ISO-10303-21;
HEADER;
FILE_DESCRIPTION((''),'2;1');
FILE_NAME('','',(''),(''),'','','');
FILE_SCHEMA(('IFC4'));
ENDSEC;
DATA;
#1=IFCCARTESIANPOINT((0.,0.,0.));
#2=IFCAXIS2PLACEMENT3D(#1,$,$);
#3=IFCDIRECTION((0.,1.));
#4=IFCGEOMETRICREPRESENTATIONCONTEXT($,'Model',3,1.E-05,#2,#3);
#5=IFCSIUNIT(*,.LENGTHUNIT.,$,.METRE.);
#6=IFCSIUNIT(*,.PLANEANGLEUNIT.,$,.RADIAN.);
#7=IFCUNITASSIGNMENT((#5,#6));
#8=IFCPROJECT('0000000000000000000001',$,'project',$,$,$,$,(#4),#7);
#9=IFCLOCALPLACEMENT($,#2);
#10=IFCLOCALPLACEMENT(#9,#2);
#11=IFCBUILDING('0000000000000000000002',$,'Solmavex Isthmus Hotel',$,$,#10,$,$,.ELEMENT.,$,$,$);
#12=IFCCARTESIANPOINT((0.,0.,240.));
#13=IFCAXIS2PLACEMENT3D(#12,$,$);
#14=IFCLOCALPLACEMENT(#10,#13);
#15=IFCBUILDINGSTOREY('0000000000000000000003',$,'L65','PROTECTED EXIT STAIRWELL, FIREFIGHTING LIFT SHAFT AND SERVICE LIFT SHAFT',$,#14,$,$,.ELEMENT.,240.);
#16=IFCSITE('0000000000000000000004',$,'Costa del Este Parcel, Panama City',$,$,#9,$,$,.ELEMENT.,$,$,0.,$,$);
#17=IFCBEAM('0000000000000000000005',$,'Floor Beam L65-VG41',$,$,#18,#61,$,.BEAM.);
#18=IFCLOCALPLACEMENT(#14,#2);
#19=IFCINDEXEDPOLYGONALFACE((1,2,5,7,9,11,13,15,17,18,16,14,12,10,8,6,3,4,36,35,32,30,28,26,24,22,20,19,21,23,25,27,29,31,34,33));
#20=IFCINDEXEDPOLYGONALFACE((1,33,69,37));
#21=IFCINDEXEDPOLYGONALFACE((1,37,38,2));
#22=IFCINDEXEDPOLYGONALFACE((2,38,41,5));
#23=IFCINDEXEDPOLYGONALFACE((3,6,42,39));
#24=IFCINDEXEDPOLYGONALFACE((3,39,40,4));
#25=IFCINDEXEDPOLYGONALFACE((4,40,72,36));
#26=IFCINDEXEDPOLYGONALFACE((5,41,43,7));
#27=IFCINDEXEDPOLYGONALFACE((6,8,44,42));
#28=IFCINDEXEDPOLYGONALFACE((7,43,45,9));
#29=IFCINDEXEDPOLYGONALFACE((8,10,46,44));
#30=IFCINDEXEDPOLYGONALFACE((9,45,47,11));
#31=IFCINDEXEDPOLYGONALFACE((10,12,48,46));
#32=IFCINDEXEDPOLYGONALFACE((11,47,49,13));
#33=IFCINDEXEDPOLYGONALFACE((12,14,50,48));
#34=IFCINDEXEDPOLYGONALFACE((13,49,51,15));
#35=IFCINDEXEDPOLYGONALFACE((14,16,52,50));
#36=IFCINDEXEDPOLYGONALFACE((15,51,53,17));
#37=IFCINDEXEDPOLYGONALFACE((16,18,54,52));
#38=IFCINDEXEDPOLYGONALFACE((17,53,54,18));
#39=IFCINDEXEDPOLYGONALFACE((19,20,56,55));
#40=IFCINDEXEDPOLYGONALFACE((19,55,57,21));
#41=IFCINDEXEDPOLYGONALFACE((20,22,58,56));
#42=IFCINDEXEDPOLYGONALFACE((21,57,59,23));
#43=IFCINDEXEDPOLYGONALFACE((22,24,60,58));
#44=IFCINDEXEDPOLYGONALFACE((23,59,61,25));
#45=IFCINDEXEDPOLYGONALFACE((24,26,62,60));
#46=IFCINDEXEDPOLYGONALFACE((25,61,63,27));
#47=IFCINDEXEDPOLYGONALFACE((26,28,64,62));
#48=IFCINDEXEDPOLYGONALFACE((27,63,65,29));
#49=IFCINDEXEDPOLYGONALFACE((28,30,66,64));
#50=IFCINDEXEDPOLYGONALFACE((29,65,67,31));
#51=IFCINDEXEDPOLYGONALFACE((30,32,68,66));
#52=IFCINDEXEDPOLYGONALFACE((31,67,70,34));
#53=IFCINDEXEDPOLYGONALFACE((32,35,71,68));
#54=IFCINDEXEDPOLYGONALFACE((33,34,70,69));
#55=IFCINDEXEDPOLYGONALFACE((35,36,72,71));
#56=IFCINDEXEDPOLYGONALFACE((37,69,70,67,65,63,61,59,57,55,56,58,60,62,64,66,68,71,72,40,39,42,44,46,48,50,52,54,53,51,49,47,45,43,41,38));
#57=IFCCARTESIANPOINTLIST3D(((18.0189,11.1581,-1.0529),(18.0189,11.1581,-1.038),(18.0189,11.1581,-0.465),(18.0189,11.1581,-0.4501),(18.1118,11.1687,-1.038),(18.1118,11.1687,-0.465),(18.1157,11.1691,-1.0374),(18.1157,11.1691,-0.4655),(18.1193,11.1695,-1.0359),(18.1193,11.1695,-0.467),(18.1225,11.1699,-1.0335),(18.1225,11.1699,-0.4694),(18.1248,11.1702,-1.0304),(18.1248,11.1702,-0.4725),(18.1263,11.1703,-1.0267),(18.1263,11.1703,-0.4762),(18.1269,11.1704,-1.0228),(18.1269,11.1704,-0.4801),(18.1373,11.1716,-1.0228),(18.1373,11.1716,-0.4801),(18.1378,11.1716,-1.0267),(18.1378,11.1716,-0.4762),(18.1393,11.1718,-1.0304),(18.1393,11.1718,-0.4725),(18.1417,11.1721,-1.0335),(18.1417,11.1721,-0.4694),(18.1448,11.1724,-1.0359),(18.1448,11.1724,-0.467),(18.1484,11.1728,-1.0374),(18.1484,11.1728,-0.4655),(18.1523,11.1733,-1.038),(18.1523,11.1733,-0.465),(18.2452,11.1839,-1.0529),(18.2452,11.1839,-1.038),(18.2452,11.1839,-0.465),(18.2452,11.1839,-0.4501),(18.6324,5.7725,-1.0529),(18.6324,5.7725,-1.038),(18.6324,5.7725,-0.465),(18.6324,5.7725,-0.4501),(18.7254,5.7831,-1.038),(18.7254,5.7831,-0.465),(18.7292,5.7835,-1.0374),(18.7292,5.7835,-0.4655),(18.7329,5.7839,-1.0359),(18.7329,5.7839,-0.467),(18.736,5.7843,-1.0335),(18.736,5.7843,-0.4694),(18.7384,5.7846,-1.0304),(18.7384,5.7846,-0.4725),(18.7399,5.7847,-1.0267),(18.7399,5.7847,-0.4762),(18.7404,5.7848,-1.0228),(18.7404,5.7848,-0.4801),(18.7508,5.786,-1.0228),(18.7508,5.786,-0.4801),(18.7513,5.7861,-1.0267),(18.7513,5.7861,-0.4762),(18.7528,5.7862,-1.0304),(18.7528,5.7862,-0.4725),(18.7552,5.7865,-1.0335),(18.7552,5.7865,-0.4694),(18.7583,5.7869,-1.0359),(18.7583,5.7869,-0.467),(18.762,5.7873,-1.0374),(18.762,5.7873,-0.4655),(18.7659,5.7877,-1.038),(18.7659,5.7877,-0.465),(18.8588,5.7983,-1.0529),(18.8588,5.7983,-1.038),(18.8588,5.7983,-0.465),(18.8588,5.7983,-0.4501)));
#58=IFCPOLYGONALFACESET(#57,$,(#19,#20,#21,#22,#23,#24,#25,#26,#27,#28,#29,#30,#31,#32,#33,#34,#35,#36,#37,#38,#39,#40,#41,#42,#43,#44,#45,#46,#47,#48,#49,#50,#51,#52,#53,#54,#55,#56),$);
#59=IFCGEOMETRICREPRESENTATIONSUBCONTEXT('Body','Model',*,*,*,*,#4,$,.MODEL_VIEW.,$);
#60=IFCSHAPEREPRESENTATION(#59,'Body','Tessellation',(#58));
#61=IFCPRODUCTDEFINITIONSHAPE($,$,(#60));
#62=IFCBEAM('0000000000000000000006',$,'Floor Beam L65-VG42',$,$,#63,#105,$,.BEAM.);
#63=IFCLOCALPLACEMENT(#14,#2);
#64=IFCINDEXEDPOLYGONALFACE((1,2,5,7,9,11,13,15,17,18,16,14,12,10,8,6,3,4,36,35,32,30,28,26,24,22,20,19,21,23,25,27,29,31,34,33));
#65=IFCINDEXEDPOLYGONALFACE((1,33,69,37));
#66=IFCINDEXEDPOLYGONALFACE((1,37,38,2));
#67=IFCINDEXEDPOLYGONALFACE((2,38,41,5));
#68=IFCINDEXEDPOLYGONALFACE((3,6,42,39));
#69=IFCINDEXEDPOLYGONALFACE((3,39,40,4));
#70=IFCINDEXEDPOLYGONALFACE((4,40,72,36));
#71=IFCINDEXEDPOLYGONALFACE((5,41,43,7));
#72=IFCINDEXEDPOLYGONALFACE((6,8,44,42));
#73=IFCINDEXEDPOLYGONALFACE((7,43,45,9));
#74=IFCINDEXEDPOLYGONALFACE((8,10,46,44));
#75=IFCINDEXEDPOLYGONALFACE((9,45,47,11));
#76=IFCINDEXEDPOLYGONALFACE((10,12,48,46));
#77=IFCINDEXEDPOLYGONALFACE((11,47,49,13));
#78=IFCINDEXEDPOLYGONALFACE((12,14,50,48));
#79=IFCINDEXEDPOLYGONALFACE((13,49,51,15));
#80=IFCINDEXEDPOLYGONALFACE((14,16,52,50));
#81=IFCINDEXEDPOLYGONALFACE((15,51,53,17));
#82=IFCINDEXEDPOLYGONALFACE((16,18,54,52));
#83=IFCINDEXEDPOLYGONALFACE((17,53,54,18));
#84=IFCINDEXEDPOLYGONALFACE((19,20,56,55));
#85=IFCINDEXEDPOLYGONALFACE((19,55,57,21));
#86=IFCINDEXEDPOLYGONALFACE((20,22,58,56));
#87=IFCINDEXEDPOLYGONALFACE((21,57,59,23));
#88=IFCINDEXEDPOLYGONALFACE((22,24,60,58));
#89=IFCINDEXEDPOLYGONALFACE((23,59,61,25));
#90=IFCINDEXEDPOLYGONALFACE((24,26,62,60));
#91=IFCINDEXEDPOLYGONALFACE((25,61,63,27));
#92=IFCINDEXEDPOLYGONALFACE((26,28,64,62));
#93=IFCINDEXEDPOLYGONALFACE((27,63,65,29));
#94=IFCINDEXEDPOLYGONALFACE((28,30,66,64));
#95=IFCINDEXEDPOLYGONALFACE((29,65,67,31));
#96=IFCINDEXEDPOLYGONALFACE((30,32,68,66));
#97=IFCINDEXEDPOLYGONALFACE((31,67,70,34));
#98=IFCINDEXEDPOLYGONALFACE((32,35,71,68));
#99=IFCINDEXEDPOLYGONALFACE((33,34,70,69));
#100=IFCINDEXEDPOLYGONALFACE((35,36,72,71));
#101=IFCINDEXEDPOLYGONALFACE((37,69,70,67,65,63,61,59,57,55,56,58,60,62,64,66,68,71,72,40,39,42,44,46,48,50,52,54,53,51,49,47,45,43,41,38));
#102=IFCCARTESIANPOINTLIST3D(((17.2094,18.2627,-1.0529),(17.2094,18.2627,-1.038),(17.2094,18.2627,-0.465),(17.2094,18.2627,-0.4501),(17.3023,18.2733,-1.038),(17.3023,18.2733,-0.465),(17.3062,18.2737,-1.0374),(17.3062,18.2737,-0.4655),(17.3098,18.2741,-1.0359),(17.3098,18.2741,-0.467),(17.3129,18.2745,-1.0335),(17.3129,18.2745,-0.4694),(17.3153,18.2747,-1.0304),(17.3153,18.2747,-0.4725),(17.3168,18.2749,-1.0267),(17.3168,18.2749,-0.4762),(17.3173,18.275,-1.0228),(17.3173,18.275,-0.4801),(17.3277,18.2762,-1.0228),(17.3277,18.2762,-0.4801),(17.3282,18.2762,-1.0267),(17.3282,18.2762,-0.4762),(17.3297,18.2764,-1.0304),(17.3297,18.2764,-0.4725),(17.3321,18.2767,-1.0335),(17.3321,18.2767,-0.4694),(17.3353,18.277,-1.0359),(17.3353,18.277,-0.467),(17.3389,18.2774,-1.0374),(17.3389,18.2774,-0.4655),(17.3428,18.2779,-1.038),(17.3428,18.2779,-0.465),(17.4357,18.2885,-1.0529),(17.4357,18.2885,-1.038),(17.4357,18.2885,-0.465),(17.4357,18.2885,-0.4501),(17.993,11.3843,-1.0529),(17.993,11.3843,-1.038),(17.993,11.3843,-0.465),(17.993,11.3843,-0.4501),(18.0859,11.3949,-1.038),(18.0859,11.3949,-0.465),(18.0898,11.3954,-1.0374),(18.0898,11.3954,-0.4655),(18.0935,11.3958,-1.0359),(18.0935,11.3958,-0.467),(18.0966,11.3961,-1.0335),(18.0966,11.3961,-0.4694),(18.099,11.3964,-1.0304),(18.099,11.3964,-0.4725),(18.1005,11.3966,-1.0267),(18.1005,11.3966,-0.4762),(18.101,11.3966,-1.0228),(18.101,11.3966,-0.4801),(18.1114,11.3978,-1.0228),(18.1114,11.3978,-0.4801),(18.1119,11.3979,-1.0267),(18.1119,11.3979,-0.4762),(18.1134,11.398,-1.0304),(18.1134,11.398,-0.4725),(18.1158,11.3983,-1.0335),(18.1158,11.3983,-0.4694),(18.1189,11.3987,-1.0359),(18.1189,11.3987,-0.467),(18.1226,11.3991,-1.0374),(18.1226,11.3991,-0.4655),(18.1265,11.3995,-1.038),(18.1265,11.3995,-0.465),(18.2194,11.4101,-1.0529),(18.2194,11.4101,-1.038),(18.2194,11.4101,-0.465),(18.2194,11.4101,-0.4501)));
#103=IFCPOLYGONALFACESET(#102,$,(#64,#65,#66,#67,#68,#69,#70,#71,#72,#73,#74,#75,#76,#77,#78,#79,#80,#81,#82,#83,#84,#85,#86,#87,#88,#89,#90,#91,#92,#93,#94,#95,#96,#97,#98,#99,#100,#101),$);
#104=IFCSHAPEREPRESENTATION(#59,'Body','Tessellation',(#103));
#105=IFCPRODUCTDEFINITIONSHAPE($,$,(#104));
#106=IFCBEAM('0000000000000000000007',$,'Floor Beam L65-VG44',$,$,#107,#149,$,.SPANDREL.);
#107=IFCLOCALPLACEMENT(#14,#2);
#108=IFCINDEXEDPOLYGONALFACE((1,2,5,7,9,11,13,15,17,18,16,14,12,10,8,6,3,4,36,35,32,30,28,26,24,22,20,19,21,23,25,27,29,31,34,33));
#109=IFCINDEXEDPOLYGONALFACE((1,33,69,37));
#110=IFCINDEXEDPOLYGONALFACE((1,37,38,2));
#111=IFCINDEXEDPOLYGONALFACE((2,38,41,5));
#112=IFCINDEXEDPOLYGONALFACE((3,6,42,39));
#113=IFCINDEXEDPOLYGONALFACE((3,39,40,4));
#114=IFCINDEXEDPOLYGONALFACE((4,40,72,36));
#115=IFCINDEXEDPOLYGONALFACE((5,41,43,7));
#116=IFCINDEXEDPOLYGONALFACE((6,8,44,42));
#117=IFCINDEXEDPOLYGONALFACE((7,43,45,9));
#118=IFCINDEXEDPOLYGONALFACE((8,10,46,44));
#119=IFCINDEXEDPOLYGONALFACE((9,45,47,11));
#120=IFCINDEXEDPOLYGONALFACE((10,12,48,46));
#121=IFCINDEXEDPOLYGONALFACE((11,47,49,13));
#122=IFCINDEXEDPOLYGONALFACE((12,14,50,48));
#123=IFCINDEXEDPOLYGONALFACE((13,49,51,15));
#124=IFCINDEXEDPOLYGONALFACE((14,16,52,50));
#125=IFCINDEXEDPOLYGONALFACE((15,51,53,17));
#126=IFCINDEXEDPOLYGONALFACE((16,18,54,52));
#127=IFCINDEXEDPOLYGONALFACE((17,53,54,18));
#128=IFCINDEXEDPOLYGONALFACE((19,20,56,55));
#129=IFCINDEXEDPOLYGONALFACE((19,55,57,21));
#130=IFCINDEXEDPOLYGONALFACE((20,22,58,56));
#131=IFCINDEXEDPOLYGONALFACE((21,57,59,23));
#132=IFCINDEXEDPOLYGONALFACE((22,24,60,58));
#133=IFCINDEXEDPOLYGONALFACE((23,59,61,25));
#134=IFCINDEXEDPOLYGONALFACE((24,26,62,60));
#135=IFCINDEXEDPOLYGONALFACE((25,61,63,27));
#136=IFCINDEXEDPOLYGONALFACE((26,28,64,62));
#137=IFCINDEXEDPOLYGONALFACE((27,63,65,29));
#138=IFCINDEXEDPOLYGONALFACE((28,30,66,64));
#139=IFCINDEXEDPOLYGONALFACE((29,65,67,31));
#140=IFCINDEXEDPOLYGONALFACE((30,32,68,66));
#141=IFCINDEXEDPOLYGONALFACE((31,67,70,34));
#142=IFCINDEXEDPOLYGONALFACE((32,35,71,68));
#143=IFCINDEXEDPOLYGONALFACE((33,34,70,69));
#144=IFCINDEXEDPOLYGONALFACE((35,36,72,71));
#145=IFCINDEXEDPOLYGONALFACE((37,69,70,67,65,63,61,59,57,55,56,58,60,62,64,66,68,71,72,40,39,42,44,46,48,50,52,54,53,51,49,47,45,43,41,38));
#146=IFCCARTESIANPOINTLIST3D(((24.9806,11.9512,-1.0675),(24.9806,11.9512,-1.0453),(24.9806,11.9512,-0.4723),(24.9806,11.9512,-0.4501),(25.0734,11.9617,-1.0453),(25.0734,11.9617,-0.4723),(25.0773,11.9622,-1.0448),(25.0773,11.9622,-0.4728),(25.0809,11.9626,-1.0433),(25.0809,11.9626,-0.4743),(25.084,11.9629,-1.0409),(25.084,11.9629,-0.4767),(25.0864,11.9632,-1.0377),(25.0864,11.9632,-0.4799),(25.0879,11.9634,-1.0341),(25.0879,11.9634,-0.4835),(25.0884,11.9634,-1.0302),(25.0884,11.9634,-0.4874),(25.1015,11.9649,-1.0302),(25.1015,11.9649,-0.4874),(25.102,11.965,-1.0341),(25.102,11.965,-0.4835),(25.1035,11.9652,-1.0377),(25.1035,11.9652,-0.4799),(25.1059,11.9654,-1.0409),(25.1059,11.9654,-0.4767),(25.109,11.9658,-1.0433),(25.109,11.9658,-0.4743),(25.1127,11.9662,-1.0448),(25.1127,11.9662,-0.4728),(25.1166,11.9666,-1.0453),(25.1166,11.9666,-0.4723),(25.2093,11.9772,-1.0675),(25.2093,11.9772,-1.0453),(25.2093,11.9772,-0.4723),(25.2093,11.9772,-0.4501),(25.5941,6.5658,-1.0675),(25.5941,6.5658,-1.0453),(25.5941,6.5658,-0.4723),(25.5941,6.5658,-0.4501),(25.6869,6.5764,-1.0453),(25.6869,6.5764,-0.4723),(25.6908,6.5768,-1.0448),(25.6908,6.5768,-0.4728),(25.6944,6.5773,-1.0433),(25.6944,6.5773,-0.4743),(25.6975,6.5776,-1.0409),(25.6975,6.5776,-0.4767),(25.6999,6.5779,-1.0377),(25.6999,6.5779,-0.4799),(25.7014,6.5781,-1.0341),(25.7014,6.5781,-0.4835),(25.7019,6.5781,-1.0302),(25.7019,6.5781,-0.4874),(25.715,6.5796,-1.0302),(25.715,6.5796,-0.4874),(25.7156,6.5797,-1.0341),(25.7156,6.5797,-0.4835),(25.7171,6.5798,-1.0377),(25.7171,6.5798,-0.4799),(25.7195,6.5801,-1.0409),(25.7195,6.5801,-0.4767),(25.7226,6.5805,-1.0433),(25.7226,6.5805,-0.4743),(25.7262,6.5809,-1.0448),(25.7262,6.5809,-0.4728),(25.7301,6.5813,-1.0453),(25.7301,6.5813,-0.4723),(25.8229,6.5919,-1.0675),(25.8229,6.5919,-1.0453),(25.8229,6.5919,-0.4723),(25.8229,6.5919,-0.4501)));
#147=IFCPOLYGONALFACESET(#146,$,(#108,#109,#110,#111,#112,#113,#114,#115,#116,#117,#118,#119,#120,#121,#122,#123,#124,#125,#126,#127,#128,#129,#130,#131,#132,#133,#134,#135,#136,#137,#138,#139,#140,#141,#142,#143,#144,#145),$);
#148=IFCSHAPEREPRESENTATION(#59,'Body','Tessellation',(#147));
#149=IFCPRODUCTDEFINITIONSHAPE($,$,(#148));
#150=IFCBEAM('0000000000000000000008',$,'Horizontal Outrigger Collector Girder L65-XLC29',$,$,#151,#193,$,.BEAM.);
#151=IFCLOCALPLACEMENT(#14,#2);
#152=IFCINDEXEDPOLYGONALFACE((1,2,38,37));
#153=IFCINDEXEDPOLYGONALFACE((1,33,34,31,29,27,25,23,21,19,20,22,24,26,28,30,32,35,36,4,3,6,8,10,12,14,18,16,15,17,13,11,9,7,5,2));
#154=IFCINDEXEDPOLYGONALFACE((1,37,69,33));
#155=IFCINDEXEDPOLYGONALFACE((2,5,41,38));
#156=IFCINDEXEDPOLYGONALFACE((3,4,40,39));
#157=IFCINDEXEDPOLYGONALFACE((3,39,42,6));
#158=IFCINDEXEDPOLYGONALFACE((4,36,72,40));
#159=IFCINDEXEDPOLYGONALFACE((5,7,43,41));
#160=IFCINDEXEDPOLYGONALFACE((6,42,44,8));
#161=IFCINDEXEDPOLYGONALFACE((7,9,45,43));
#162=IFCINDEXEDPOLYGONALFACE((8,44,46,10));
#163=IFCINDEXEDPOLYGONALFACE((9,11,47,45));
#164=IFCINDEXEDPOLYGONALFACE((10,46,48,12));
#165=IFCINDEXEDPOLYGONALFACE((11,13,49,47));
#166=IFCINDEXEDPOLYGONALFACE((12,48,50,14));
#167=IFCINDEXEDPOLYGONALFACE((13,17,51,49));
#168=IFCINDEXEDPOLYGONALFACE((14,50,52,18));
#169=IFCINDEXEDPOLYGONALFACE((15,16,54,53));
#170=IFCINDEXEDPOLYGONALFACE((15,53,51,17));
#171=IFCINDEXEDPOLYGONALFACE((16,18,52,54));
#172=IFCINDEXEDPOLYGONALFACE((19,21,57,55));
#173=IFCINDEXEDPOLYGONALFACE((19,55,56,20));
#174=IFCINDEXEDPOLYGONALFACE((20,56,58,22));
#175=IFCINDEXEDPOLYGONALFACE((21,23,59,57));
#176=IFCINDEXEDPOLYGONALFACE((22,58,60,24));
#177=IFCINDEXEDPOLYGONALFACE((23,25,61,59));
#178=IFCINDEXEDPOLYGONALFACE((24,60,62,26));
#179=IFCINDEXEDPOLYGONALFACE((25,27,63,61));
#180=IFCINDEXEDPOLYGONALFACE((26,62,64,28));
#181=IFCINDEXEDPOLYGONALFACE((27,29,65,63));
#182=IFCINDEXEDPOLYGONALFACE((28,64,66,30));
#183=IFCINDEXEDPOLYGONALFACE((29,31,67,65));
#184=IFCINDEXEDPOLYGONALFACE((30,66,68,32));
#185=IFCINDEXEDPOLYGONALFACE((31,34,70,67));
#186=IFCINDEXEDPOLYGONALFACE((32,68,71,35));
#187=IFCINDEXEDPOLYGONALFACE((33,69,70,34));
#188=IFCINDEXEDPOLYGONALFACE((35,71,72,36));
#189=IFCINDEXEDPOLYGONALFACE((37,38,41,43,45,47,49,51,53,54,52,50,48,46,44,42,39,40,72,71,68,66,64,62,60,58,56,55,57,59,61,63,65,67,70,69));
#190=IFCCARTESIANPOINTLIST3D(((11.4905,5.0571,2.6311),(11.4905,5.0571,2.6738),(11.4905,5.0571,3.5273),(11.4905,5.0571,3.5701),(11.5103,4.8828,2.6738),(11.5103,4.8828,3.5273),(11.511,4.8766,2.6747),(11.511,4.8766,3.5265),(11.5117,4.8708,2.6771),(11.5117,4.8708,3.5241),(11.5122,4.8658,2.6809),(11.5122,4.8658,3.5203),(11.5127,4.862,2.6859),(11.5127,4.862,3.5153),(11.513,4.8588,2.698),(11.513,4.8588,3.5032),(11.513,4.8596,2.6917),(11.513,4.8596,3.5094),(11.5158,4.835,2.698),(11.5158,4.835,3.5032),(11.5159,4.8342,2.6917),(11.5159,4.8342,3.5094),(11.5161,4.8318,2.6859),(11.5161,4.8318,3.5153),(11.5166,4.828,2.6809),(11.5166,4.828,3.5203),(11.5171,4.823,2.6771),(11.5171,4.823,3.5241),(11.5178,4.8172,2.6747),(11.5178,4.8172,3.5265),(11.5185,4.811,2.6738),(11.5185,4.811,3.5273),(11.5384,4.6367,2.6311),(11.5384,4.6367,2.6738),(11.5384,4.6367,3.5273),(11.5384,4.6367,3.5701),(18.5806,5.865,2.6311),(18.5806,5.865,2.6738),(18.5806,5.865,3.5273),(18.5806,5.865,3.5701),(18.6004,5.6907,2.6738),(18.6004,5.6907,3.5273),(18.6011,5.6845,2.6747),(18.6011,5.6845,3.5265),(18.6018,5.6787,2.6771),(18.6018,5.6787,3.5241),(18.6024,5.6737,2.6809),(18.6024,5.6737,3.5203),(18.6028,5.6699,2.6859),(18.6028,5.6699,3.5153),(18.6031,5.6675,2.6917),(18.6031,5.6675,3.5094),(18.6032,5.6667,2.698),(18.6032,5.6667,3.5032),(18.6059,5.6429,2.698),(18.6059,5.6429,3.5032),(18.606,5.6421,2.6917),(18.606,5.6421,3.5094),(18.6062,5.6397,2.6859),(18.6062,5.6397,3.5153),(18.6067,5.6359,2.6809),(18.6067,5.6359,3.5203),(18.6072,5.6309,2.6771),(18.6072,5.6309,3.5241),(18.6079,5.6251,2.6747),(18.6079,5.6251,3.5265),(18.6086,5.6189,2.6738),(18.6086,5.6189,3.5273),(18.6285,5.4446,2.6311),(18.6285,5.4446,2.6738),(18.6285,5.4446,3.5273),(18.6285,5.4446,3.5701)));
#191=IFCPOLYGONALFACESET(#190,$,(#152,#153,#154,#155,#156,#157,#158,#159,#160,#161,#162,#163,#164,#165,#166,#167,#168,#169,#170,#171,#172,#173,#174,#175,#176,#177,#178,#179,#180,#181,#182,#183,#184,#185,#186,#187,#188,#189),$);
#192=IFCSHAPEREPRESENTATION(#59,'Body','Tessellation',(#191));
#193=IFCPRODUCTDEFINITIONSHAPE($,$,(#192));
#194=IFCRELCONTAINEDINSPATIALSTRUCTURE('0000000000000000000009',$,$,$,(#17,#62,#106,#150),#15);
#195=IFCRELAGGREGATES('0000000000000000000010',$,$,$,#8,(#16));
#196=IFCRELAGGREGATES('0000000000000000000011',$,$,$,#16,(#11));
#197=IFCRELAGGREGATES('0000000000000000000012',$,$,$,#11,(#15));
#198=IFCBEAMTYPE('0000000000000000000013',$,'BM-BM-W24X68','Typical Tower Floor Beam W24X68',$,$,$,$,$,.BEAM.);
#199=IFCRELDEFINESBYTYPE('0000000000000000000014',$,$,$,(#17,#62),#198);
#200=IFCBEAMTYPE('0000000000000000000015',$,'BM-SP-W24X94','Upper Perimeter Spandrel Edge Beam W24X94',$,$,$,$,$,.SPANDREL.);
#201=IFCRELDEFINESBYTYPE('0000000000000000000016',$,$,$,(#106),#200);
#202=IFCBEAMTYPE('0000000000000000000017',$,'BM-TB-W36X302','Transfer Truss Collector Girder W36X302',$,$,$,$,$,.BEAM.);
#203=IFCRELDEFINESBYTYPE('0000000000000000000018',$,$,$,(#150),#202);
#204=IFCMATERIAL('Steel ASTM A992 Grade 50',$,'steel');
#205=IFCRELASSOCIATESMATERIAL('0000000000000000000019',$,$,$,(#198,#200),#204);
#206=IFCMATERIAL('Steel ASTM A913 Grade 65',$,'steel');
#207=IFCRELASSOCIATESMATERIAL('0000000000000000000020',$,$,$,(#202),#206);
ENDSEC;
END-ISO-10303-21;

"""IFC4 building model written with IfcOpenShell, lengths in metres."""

from ifc_helpers import new_model, si_unit, direction, frame, origin, origin_2d, place, context, subcontext, project, spatial, i_section, extrude, material, material_profile, profile_set, type_object, element, save


model = new_model("IFC4")

# Units and contexts
model_context = context("Model", 3, precision=1e-05, world=origin(), true_north=direction((0.0, 1.0)))
body_context = subcontext(model_context, "Body", "Model", "MODEL_VIEW")
ifc_project = project(units=[si_unit("LENGTHUNIT", "METRE"), si_unit("PLANEANGLEUNIT", "RADIAN")], contexts=[model_context])

# Site, building, storey
site_placement = place(None, origin())
site = spatial("IfcSite", under=ifc_project, at=site_placement, Name="Costa del Este Parcel, Panama City", CompositionType="ELEMENT", RefElevation=0.0)
building_placement = place(site_placement, origin())
building = spatial("IfcBuilding", under=site, at=building_placement, Name="Solmavex Isthmus Hotel", CompositionType="ELEMENT")
storey_placement = place(building_placement, frame((0.0, 0.0, 240.0)))
storey = spatial("IfcBuildingStorey", under=building, at=storey_placement, Name="L65", Description="PROTECTED EXIT STAIRWELL, FIREFIGHTING LIFT SHAFT AND SERVICE LIFT SHAFT", CompositionType="ELEMENT", Elevation=240.0)

# Shared definitions
ifc_material_1 = material(Name="Steel ASTM A913 Grade 65", Category="steel")

# Beams
ifc_material_2 = material(Name="Steel ASTM A992 Grade 50", Category="steel")
ifc_material_profile_1 = material_profile(ifc_material_2, i_section(OverallWidth=0.2278, OverallDepth=0.6028, WebThickness=0.0105, FlangeThickness=0.0149, FilletRadius=0.0151, at=origin_2d()), Name="W24X68")
ifc_profile_set_1 = profile_set([ifc_material_profile_1], Name="Steel ASTM A992 Grade 50")
beam_type_1 = type_object("IfcBeamType", Name="BM-BM-W24X68", Description="Typical Tower Floor Beam W24X68", PredefinedType="BEAM", material=ifc_profile_set_1)
beam_1_placement = place(storey_placement, frame((18.7456, 5.7854, -0.7515), z_axis=(-0.11319, 0.993573, 0.0), x_axis=(-0.993573, -0.11319, 0.0)))
element("IfcBeam", 1, at=beam_1_placement, inside=storey, type_object=beam_type_1, Name="Floor Beam L65-VG41", PredefinedType="BEAM", context=body_context, shape_type="SweptSolid", body=[
    extrude(i_section(OverallWidth=0.2278, OverallDepth=0.6028, WebThickness=0.0105, FlangeThickness=0.0149, FilletRadius=0.0151, at=origin_2d()), origin(), (0.0, 0.0, 1.0), 5.4204),
])
beam_2_placement = place(storey_placement, frame((18.1062, 11.3972, -0.7515), z_axis=(-0.113202, 0.993572, 0.0), x_axis=(-0.993572, -0.113202, 0.0)))
element("IfcBeam", 2, at=beam_2_placement, inside=storey, type_object=beam_type_1, Name="Floor Beam L65-VG42", PredefinedType="BEAM", context=body_context, shape_type="SweptSolid", body=[
    extrude(i_section(OverallWidth=0.2278, OverallDepth=0.6028, WebThickness=0.0105, FlangeThickness=0.0149, FilletRadius=0.0151, at=origin_2d()), origin(), (0.0, 0.0, 1.0), 6.9229),
])
ifc_material_profile_2 = material_profile(ifc_material_2, i_section(OverallWidth=0.2302, OverallDepth=0.6174, WebThickness=0.0132, FlangeThickness=0.0222, FilletRadius=0.0151, at=origin_2d()), Name="W24X94")
ifc_profile_set_2 = profile_set([ifc_material_profile_2], Name="Steel ASTM A992 Grade 50")
beam_type_2 = type_object("IfcBeamType", Name="BM-SP-W24X94", Description="Upper Perimeter Spandrel Edge Beam W24X94", PredefinedType="SPANDREL", material=ifc_profile_set_2)
beam_3_placement = place(storey_placement, frame((25.7085, 6.5789, -0.7588), z_axis=(-0.113195, 0.993573, 0.0), x_axis=(-0.993573, -0.113195, 0.0)))
element("IfcBeam", 3, at=beam_3_placement, inside=storey, type_object=beam_type_2, Name="Floor Beam L65-VG44", PredefinedType="SPANDREL", context=body_context, shape_type="SweptSolid", body=[
    extrude(i_section(OverallWidth=0.2302, OverallDepth=0.6174, WebThickness=0.0132, FlangeThickness=0.0222, FilletRadius=0.0151, at=origin_2d()), origin(), (0.0, 0.0, 1.0), 5.4202),
])
ifc_material_profile_3 = material_profile(ifc_material_1, i_section(OverallWidth=0.4231, OverallDepth=0.939, WebThickness=0.0239, FlangeThickness=0.0427, FilletRadius=0.0242, at=origin_2d()), Name="W36X302")
ifc_profile_set_3 = profile_set([ifc_material_profile_3], Name="Steel ASTM A913 Grade 65")
beam_type_3 = type_object("IfcBeamType", Name="BM-TB-W36X302", Description="Transfer Truss Collector Girder W36X302", PredefinedType="BEAM", material=ifc_profile_set_3)
beam_4_placement = place(storey_placement, frame((11.5144, 4.8469, 3.1006), z_axis=(0.993571, 0.11321, 0.0), x_axis=(-0.11321, 0.993571, 0.0)))
element("IfcBeam", 4, at=beam_4_placement, inside=storey, type_object=beam_type_3, Name="Horizontal Outrigger Collector Girder L65-XLC29", PredefinedType="BEAM", context=body_context, shape_type="SweptSolid", body=[
    extrude(i_section(OverallWidth=0.4231, OverallDepth=0.939, WebThickness=0.0239, FlangeThickness=0.0427, FilletRadius=0.0242, at=origin_2d()), origin(), (0.0, 0.0, 1.0), 7.136),
])

save(model, "model.ifc")
